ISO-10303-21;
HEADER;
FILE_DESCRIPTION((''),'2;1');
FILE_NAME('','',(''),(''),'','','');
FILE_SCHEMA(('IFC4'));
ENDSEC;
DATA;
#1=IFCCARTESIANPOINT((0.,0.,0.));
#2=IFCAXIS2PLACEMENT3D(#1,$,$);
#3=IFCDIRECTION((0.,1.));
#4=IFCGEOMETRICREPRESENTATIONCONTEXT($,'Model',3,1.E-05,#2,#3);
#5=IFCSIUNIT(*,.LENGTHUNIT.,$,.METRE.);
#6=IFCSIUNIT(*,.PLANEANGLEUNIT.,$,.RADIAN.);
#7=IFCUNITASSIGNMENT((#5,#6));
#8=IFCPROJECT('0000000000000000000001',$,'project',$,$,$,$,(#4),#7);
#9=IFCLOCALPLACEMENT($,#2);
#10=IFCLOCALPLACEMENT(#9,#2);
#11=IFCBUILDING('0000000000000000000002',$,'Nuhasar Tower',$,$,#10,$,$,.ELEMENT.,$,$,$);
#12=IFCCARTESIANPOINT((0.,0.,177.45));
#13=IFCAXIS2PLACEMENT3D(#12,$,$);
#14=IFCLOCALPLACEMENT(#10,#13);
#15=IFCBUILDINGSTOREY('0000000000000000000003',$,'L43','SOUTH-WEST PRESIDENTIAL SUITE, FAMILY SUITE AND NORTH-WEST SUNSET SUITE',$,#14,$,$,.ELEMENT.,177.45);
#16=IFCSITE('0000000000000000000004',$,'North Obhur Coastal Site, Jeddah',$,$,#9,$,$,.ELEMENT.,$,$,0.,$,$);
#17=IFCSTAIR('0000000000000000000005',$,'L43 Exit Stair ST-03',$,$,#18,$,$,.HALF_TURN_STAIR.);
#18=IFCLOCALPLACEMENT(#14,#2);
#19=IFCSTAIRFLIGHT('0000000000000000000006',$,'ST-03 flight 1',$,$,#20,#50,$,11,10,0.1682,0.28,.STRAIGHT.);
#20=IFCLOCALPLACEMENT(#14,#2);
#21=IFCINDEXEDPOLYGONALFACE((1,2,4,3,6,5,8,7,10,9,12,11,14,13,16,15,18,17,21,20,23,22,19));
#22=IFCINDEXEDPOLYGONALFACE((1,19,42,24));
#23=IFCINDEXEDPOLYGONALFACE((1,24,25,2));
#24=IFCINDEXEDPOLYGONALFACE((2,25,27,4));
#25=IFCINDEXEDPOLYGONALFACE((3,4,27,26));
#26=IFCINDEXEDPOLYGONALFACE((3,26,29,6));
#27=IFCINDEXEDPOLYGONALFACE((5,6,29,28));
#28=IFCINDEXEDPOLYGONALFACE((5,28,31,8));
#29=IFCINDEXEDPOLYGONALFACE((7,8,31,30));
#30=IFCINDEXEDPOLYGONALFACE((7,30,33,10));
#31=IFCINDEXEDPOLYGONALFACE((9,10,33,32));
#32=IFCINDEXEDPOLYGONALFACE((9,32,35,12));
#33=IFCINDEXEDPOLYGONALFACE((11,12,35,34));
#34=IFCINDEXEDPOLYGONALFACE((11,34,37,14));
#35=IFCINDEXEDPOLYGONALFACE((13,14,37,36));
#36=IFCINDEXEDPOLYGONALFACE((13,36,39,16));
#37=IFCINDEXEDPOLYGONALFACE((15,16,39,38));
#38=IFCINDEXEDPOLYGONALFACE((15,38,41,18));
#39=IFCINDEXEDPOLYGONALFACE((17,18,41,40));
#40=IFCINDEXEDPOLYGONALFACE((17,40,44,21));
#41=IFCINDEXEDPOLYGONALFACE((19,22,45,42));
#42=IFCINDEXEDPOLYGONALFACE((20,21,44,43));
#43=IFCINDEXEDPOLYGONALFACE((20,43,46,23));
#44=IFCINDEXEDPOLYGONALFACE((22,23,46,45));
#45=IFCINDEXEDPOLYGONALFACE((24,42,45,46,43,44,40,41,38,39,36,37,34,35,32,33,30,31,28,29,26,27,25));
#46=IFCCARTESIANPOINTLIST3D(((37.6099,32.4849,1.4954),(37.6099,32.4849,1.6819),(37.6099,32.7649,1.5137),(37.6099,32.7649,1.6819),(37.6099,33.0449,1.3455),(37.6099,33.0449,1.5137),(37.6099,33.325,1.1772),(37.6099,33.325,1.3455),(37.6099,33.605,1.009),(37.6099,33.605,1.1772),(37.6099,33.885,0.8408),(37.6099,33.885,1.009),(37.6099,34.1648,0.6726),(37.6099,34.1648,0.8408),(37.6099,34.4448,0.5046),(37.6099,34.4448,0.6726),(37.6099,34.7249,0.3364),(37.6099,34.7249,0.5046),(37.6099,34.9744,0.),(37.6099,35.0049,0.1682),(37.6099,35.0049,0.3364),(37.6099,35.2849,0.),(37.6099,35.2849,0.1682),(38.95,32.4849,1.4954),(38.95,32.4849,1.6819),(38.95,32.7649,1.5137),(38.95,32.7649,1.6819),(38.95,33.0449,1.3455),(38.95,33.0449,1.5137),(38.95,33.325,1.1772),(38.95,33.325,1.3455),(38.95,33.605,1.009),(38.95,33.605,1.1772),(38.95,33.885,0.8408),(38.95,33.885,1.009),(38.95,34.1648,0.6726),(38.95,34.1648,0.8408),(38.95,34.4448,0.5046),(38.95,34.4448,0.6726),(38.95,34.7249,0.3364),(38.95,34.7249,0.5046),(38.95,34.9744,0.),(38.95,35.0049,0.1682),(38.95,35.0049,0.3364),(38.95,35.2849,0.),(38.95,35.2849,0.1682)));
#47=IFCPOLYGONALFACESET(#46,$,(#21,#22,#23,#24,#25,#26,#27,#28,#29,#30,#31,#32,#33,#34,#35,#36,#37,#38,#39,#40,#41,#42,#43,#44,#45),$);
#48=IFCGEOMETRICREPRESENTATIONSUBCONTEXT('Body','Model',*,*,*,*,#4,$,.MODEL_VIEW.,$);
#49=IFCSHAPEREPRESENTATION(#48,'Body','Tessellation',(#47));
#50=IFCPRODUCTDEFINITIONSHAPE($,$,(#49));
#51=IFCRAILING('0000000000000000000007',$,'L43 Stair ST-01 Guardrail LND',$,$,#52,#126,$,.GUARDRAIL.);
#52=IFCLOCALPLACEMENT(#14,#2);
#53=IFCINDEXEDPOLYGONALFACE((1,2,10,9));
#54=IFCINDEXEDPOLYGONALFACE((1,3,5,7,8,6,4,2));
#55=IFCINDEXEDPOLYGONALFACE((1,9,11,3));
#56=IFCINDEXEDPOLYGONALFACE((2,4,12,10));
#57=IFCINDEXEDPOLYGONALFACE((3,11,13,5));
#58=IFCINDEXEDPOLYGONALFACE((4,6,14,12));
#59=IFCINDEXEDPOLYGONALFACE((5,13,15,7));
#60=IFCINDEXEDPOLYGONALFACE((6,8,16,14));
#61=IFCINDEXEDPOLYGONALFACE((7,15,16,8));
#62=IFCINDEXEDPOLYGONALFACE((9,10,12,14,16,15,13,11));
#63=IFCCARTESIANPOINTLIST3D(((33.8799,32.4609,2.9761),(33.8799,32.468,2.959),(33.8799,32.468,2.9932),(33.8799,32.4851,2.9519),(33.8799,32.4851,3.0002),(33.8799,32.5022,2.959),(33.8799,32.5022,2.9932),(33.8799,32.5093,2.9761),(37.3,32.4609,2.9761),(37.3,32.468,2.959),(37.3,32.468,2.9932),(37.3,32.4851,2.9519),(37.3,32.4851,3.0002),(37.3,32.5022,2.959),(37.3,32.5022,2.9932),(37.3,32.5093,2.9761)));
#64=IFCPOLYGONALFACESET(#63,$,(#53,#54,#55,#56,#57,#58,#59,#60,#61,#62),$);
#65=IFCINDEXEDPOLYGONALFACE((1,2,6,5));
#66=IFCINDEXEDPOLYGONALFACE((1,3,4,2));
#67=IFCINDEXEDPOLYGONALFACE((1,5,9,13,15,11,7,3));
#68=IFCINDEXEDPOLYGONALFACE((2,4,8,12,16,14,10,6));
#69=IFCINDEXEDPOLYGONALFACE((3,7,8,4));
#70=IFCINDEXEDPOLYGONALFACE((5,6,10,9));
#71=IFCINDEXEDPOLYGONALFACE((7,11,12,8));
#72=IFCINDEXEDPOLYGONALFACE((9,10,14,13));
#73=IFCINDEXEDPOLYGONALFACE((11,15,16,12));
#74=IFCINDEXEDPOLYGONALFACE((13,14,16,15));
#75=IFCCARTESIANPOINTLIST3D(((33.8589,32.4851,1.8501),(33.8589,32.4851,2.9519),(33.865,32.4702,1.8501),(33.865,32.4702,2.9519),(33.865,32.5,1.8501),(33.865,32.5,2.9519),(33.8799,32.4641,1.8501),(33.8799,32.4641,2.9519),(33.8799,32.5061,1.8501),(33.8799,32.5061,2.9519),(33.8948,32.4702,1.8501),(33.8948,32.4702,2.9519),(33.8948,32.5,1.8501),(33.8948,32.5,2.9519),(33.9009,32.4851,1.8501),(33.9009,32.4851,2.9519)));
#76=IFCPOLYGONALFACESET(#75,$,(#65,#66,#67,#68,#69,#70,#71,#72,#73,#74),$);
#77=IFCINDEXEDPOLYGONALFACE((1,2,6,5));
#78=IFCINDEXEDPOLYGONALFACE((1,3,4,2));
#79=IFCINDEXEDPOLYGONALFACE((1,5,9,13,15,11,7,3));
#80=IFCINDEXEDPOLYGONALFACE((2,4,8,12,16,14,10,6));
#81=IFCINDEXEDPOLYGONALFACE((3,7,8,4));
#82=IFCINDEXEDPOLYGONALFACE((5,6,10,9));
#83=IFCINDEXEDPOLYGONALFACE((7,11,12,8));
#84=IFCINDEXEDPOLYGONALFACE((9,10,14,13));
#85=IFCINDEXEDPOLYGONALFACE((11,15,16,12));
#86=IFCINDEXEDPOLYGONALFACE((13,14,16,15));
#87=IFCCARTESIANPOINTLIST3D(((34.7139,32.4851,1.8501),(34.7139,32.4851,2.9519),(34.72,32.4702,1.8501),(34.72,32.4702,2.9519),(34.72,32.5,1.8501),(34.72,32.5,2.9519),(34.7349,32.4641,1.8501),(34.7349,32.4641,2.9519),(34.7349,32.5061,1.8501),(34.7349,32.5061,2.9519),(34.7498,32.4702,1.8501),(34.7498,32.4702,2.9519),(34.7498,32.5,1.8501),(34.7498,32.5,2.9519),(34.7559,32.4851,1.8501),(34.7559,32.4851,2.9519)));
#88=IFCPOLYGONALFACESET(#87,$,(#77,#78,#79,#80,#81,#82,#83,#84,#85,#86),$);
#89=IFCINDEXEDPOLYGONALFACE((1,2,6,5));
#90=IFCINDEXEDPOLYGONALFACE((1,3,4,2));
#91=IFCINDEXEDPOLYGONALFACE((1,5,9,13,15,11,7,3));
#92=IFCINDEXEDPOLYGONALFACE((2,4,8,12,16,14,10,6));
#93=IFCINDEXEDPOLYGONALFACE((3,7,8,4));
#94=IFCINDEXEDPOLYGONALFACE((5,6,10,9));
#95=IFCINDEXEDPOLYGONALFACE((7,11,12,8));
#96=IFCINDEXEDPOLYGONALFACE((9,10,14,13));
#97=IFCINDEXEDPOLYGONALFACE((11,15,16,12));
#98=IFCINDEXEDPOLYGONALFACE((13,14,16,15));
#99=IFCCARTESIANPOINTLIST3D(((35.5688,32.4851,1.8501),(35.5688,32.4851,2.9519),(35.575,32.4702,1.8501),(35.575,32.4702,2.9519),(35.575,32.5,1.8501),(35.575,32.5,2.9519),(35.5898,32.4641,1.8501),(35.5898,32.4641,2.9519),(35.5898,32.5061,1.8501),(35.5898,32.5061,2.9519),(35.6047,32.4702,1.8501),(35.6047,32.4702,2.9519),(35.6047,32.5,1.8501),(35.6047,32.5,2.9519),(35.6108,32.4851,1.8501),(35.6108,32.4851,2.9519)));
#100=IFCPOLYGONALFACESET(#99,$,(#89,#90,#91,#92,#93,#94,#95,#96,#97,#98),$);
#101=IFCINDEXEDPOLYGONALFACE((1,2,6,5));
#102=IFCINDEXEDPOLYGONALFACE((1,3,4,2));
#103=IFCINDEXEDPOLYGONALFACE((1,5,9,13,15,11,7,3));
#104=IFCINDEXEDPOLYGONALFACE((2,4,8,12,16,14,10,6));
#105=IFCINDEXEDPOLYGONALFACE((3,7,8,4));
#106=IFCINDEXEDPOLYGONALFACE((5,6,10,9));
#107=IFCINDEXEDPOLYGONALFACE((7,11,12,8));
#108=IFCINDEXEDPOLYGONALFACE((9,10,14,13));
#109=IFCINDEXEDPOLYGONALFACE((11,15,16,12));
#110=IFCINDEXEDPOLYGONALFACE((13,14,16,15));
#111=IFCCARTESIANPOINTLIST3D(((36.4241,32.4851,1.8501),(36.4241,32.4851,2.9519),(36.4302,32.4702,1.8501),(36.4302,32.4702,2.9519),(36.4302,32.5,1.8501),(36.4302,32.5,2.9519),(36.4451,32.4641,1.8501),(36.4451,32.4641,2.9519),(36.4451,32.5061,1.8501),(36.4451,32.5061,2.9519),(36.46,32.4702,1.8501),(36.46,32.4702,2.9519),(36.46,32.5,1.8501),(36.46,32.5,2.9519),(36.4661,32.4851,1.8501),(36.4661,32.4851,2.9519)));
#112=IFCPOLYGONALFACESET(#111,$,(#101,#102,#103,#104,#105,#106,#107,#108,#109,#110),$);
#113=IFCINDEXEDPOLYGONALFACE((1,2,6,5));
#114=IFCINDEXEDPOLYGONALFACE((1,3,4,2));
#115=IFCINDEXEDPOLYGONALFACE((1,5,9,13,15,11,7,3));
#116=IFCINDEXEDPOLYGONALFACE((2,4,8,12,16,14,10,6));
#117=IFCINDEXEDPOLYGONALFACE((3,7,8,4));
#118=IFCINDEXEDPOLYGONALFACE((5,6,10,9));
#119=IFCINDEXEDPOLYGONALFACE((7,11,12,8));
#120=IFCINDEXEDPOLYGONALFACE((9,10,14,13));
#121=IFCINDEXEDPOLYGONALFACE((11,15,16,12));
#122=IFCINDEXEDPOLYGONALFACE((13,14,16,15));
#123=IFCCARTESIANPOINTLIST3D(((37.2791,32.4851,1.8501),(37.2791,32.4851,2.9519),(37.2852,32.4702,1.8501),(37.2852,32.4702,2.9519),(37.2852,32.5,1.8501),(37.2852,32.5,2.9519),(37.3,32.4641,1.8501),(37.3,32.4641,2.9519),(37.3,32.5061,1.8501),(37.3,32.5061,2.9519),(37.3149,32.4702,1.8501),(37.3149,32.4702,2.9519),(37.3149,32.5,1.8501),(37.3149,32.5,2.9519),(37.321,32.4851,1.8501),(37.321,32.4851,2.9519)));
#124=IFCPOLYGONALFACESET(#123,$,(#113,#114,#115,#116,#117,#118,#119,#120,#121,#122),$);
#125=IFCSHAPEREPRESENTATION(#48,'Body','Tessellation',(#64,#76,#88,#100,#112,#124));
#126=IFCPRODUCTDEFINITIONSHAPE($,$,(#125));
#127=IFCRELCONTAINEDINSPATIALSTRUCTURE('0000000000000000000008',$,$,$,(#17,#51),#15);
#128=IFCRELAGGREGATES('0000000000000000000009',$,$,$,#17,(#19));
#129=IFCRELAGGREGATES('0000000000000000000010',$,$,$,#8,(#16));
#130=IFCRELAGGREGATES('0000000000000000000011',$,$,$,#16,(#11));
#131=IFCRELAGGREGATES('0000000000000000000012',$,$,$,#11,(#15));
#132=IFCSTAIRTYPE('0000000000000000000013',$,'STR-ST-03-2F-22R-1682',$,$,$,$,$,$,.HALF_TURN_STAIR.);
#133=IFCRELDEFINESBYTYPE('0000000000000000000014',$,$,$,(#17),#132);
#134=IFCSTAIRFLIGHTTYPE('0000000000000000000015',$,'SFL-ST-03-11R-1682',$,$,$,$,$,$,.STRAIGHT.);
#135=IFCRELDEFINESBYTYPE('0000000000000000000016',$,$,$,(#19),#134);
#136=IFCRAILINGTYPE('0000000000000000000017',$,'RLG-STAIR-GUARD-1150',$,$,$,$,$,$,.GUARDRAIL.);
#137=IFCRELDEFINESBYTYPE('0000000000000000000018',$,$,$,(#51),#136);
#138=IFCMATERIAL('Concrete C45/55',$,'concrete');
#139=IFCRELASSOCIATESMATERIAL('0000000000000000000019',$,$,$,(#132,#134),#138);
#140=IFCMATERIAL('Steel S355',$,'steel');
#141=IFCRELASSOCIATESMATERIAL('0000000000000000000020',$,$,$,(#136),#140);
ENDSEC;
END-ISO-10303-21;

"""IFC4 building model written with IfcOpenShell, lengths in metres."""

from ifc_helpers import new_model, si_unit, direction, frame, origin, place, context, subcontext, project, spatial, polyline, outline, extrude, material, type_object, element, aggregate, save


model = new_model("IFC4")

# Units and contexts
model_context = context("Model", 3, precision=1e-05, world=origin(), true_north=direction((0.0, 1.0)))
body_context = subcontext(model_context, "Body", "Model", "MODEL_VIEW")
ifc_project = project(units=[si_unit("LENGTHUNIT", "METRE"), si_unit("PLANEANGLEUNIT", "RADIAN")], contexts=[model_context])

# Site, building, storey
site_placement = place(None, origin())
site = spatial("IfcSite", under=ifc_project, at=site_placement, Name="North Obhur Coastal Site, Jeddah", CompositionType="ELEMENT", RefElevation=0.0)
building_placement = place(site_placement, origin())
building = spatial("IfcBuilding", under=site, at=building_placement, Name="Nuhasar Tower", CompositionType="ELEMENT")
storey_placement = place(building_placement, frame((0.0, 0.0, 177.45)))
storey = spatial("IfcBuildingStorey", under=building, at=storey_placement, Name="L43", Description="SOUTH-WEST PRESIDENTIAL SUITE, FAMILY SUITE AND NORTH-WEST SUNSET SUITE", CompositionType="ELEMENT", Elevation=177.45)

# Shared definitions
ifc_material_1 = material(Name="Steel S355", Category="steel")

# Shared definitions
ifc_material_2 = material(Name="Concrete C45/55", Category="concrete")

# Stair, stair flight
stair_type_1 = type_object("IfcStairType", Name="STR-ST-03-2F-22R-1682", PredefinedType="HALF_TURN_STAIR", material=ifc_material_2)
stair_1_placement = place(storey_placement, origin())
stair_1 = element("IfcStair", 1, at=stair_1_placement, inside=storey, type_object=stair_type_1, Name="L43 Exit Stair ST-03", PredefinedType="HALF_TURN_STAIR")
stair_flight_type_1 = type_object("IfcStairFlightType", Name="SFL-ST-03-11R-1682", PredefinedType="STRAIGHT", material=ifc_material_2)
stair_flight_1_placement = place(storey_placement, frame((38.28, 35.2849, 0.0), z_axis=(0.0, 0.0, 1.0), x_axis=(0.0, -1.0, 0.0)))
stair_flight_1 = element("IfcStairFlight", 2, at=stair_flight_1_placement, type_object=stair_flight_type_1, Name="ST-03 flight 1", NumberOfRisers=11, NumberOfTreads=10, PredefinedType="STRAIGHT", RiserHeight=0.1682, TreadLength=0.28, context=body_context, shape_type="SweptSolid", body=[
    extrude(outline(polyline([(0.0, 0.0), (0.0, 0.1682), (0.28, 0.1682), (0.28, 0.3364), (0.5601, 0.3364), (0.5601, 0.5046), (0.8401, 0.5046), (0.8401, 0.6726), (1.1201, 0.6726), (1.1201, 0.8408), (1.3999, 0.8408), (1.3999, 1.009), (1.6799, 1.009), (1.6799, 1.1772), (1.96, 1.1772), (1.96, 1.3455), (2.24, 1.3455), (2.24, 1.5137), (2.52, 1.5137), (2.52, 1.6819), (2.8, 1.6819), (2.8, 1.8501), (2.8, 1.4954), (0.3105, 0.0), (0.0, 0.0)])), frame((0.0, 0.6699, 0.0), z_axis=(0.0, -1.0, 0.0), x_axis=(1.0, 0.0, 0.0)), (0.0, 0.0, 1.0), 1.3401),
])
aggregate(stair_1, [stair_flight_1])

# Railing
railing_type_1 = type_object("IfcRailingType", Name="RLG-STAIR-GUARD-1150", PredefinedType="GUARDRAIL", material=ifc_material_1)
railing_1_placement = place(storey_placement, frame((33.8799, 32.4851, 1.8501)))
element("IfcRailing", 3, at=railing_1_placement, inside=storey, type_object=railing_type_1, Name="L43 Stair ST-01 Guardrail LND", PredefinedType="GUARDRAIL", context=body_context, shape_type="SweptSolid", body=[
    extrude(outline(polyline([(0.0242, 0.0), (0.0171, 0.0171), (0.0, 0.0242), (-0.0171, 0.0171), (-0.0242, 0.0), (-0.0171, -0.0171), (0.0, -0.0242), (0.0171, -0.0171), (0.0242, 0.0)])), frame((0.0, 0.0, 1.126), z_axis=(1.0, 0.0, 0.0), x_axis=(0.0, 1.0, 0.0)), (0.0, 0.0, 1.0), 3.4202),
    extrude(outline(polyline([(0.021, 0.0), (0.0149, 0.0149), (0.0, 0.021), (-0.0149, 0.0149), (-0.021, 0.0), (-0.0149, -0.0149), (0.0, -0.021), (0.0149, -0.0149), (0.021, 0.0)])), origin(), (0.0, 0.0, 1.0), 1.1018),
    extrude(outline(polyline([(0.021, 0.0), (0.0149, 0.0149), (0.0, 0.021), (-0.0149, 0.0149), (-0.021, 0.0), (-0.0149, -0.0149), (0.0, -0.021), (0.0149, -0.0149), (0.021, 0.0)])), frame((0.855, 0.0, 0.0)), (0.0, 0.0, 1.0), 1.1018),
    extrude(outline(polyline([(0.021, 0.0), (0.0149, 0.0149), (0.0, 0.021), (-0.0149, 0.0149), (-0.021, 0.0), (-0.0149, -0.0149), (0.0, -0.021), (0.0149, -0.0149), (0.021, 0.0)])), frame((1.71, 0.0, 0.0)), (0.0, 0.0, 1.0), 1.1018),
    extrude(outline(polyline([(0.021, 0.0), (0.0149, 0.0149), (0.0, 0.021), (-0.0149, 0.0149), (-0.021, 0.0), (-0.0149, -0.0149), (0.0, -0.021), (0.0149, -0.0149), (0.021, 0.0)])), frame((2.5652, 0.0, 0.0)), (0.0, 0.0, 1.0), 1.1018),
    extrude(outline(polyline([(0.021, 0.0), (0.0149, 0.0149), (0.0, 0.021), (-0.0149, 0.0149), (-0.021, 0.0), (-0.0149, -0.0149), (0.0, -0.021), (0.0149, -0.0149), (0.021, 0.0)])), frame((3.4202, 0.0, 0.0)), (0.0, 0.0, 1.0), 1.1018),
])

save(model, "model.ifc")
